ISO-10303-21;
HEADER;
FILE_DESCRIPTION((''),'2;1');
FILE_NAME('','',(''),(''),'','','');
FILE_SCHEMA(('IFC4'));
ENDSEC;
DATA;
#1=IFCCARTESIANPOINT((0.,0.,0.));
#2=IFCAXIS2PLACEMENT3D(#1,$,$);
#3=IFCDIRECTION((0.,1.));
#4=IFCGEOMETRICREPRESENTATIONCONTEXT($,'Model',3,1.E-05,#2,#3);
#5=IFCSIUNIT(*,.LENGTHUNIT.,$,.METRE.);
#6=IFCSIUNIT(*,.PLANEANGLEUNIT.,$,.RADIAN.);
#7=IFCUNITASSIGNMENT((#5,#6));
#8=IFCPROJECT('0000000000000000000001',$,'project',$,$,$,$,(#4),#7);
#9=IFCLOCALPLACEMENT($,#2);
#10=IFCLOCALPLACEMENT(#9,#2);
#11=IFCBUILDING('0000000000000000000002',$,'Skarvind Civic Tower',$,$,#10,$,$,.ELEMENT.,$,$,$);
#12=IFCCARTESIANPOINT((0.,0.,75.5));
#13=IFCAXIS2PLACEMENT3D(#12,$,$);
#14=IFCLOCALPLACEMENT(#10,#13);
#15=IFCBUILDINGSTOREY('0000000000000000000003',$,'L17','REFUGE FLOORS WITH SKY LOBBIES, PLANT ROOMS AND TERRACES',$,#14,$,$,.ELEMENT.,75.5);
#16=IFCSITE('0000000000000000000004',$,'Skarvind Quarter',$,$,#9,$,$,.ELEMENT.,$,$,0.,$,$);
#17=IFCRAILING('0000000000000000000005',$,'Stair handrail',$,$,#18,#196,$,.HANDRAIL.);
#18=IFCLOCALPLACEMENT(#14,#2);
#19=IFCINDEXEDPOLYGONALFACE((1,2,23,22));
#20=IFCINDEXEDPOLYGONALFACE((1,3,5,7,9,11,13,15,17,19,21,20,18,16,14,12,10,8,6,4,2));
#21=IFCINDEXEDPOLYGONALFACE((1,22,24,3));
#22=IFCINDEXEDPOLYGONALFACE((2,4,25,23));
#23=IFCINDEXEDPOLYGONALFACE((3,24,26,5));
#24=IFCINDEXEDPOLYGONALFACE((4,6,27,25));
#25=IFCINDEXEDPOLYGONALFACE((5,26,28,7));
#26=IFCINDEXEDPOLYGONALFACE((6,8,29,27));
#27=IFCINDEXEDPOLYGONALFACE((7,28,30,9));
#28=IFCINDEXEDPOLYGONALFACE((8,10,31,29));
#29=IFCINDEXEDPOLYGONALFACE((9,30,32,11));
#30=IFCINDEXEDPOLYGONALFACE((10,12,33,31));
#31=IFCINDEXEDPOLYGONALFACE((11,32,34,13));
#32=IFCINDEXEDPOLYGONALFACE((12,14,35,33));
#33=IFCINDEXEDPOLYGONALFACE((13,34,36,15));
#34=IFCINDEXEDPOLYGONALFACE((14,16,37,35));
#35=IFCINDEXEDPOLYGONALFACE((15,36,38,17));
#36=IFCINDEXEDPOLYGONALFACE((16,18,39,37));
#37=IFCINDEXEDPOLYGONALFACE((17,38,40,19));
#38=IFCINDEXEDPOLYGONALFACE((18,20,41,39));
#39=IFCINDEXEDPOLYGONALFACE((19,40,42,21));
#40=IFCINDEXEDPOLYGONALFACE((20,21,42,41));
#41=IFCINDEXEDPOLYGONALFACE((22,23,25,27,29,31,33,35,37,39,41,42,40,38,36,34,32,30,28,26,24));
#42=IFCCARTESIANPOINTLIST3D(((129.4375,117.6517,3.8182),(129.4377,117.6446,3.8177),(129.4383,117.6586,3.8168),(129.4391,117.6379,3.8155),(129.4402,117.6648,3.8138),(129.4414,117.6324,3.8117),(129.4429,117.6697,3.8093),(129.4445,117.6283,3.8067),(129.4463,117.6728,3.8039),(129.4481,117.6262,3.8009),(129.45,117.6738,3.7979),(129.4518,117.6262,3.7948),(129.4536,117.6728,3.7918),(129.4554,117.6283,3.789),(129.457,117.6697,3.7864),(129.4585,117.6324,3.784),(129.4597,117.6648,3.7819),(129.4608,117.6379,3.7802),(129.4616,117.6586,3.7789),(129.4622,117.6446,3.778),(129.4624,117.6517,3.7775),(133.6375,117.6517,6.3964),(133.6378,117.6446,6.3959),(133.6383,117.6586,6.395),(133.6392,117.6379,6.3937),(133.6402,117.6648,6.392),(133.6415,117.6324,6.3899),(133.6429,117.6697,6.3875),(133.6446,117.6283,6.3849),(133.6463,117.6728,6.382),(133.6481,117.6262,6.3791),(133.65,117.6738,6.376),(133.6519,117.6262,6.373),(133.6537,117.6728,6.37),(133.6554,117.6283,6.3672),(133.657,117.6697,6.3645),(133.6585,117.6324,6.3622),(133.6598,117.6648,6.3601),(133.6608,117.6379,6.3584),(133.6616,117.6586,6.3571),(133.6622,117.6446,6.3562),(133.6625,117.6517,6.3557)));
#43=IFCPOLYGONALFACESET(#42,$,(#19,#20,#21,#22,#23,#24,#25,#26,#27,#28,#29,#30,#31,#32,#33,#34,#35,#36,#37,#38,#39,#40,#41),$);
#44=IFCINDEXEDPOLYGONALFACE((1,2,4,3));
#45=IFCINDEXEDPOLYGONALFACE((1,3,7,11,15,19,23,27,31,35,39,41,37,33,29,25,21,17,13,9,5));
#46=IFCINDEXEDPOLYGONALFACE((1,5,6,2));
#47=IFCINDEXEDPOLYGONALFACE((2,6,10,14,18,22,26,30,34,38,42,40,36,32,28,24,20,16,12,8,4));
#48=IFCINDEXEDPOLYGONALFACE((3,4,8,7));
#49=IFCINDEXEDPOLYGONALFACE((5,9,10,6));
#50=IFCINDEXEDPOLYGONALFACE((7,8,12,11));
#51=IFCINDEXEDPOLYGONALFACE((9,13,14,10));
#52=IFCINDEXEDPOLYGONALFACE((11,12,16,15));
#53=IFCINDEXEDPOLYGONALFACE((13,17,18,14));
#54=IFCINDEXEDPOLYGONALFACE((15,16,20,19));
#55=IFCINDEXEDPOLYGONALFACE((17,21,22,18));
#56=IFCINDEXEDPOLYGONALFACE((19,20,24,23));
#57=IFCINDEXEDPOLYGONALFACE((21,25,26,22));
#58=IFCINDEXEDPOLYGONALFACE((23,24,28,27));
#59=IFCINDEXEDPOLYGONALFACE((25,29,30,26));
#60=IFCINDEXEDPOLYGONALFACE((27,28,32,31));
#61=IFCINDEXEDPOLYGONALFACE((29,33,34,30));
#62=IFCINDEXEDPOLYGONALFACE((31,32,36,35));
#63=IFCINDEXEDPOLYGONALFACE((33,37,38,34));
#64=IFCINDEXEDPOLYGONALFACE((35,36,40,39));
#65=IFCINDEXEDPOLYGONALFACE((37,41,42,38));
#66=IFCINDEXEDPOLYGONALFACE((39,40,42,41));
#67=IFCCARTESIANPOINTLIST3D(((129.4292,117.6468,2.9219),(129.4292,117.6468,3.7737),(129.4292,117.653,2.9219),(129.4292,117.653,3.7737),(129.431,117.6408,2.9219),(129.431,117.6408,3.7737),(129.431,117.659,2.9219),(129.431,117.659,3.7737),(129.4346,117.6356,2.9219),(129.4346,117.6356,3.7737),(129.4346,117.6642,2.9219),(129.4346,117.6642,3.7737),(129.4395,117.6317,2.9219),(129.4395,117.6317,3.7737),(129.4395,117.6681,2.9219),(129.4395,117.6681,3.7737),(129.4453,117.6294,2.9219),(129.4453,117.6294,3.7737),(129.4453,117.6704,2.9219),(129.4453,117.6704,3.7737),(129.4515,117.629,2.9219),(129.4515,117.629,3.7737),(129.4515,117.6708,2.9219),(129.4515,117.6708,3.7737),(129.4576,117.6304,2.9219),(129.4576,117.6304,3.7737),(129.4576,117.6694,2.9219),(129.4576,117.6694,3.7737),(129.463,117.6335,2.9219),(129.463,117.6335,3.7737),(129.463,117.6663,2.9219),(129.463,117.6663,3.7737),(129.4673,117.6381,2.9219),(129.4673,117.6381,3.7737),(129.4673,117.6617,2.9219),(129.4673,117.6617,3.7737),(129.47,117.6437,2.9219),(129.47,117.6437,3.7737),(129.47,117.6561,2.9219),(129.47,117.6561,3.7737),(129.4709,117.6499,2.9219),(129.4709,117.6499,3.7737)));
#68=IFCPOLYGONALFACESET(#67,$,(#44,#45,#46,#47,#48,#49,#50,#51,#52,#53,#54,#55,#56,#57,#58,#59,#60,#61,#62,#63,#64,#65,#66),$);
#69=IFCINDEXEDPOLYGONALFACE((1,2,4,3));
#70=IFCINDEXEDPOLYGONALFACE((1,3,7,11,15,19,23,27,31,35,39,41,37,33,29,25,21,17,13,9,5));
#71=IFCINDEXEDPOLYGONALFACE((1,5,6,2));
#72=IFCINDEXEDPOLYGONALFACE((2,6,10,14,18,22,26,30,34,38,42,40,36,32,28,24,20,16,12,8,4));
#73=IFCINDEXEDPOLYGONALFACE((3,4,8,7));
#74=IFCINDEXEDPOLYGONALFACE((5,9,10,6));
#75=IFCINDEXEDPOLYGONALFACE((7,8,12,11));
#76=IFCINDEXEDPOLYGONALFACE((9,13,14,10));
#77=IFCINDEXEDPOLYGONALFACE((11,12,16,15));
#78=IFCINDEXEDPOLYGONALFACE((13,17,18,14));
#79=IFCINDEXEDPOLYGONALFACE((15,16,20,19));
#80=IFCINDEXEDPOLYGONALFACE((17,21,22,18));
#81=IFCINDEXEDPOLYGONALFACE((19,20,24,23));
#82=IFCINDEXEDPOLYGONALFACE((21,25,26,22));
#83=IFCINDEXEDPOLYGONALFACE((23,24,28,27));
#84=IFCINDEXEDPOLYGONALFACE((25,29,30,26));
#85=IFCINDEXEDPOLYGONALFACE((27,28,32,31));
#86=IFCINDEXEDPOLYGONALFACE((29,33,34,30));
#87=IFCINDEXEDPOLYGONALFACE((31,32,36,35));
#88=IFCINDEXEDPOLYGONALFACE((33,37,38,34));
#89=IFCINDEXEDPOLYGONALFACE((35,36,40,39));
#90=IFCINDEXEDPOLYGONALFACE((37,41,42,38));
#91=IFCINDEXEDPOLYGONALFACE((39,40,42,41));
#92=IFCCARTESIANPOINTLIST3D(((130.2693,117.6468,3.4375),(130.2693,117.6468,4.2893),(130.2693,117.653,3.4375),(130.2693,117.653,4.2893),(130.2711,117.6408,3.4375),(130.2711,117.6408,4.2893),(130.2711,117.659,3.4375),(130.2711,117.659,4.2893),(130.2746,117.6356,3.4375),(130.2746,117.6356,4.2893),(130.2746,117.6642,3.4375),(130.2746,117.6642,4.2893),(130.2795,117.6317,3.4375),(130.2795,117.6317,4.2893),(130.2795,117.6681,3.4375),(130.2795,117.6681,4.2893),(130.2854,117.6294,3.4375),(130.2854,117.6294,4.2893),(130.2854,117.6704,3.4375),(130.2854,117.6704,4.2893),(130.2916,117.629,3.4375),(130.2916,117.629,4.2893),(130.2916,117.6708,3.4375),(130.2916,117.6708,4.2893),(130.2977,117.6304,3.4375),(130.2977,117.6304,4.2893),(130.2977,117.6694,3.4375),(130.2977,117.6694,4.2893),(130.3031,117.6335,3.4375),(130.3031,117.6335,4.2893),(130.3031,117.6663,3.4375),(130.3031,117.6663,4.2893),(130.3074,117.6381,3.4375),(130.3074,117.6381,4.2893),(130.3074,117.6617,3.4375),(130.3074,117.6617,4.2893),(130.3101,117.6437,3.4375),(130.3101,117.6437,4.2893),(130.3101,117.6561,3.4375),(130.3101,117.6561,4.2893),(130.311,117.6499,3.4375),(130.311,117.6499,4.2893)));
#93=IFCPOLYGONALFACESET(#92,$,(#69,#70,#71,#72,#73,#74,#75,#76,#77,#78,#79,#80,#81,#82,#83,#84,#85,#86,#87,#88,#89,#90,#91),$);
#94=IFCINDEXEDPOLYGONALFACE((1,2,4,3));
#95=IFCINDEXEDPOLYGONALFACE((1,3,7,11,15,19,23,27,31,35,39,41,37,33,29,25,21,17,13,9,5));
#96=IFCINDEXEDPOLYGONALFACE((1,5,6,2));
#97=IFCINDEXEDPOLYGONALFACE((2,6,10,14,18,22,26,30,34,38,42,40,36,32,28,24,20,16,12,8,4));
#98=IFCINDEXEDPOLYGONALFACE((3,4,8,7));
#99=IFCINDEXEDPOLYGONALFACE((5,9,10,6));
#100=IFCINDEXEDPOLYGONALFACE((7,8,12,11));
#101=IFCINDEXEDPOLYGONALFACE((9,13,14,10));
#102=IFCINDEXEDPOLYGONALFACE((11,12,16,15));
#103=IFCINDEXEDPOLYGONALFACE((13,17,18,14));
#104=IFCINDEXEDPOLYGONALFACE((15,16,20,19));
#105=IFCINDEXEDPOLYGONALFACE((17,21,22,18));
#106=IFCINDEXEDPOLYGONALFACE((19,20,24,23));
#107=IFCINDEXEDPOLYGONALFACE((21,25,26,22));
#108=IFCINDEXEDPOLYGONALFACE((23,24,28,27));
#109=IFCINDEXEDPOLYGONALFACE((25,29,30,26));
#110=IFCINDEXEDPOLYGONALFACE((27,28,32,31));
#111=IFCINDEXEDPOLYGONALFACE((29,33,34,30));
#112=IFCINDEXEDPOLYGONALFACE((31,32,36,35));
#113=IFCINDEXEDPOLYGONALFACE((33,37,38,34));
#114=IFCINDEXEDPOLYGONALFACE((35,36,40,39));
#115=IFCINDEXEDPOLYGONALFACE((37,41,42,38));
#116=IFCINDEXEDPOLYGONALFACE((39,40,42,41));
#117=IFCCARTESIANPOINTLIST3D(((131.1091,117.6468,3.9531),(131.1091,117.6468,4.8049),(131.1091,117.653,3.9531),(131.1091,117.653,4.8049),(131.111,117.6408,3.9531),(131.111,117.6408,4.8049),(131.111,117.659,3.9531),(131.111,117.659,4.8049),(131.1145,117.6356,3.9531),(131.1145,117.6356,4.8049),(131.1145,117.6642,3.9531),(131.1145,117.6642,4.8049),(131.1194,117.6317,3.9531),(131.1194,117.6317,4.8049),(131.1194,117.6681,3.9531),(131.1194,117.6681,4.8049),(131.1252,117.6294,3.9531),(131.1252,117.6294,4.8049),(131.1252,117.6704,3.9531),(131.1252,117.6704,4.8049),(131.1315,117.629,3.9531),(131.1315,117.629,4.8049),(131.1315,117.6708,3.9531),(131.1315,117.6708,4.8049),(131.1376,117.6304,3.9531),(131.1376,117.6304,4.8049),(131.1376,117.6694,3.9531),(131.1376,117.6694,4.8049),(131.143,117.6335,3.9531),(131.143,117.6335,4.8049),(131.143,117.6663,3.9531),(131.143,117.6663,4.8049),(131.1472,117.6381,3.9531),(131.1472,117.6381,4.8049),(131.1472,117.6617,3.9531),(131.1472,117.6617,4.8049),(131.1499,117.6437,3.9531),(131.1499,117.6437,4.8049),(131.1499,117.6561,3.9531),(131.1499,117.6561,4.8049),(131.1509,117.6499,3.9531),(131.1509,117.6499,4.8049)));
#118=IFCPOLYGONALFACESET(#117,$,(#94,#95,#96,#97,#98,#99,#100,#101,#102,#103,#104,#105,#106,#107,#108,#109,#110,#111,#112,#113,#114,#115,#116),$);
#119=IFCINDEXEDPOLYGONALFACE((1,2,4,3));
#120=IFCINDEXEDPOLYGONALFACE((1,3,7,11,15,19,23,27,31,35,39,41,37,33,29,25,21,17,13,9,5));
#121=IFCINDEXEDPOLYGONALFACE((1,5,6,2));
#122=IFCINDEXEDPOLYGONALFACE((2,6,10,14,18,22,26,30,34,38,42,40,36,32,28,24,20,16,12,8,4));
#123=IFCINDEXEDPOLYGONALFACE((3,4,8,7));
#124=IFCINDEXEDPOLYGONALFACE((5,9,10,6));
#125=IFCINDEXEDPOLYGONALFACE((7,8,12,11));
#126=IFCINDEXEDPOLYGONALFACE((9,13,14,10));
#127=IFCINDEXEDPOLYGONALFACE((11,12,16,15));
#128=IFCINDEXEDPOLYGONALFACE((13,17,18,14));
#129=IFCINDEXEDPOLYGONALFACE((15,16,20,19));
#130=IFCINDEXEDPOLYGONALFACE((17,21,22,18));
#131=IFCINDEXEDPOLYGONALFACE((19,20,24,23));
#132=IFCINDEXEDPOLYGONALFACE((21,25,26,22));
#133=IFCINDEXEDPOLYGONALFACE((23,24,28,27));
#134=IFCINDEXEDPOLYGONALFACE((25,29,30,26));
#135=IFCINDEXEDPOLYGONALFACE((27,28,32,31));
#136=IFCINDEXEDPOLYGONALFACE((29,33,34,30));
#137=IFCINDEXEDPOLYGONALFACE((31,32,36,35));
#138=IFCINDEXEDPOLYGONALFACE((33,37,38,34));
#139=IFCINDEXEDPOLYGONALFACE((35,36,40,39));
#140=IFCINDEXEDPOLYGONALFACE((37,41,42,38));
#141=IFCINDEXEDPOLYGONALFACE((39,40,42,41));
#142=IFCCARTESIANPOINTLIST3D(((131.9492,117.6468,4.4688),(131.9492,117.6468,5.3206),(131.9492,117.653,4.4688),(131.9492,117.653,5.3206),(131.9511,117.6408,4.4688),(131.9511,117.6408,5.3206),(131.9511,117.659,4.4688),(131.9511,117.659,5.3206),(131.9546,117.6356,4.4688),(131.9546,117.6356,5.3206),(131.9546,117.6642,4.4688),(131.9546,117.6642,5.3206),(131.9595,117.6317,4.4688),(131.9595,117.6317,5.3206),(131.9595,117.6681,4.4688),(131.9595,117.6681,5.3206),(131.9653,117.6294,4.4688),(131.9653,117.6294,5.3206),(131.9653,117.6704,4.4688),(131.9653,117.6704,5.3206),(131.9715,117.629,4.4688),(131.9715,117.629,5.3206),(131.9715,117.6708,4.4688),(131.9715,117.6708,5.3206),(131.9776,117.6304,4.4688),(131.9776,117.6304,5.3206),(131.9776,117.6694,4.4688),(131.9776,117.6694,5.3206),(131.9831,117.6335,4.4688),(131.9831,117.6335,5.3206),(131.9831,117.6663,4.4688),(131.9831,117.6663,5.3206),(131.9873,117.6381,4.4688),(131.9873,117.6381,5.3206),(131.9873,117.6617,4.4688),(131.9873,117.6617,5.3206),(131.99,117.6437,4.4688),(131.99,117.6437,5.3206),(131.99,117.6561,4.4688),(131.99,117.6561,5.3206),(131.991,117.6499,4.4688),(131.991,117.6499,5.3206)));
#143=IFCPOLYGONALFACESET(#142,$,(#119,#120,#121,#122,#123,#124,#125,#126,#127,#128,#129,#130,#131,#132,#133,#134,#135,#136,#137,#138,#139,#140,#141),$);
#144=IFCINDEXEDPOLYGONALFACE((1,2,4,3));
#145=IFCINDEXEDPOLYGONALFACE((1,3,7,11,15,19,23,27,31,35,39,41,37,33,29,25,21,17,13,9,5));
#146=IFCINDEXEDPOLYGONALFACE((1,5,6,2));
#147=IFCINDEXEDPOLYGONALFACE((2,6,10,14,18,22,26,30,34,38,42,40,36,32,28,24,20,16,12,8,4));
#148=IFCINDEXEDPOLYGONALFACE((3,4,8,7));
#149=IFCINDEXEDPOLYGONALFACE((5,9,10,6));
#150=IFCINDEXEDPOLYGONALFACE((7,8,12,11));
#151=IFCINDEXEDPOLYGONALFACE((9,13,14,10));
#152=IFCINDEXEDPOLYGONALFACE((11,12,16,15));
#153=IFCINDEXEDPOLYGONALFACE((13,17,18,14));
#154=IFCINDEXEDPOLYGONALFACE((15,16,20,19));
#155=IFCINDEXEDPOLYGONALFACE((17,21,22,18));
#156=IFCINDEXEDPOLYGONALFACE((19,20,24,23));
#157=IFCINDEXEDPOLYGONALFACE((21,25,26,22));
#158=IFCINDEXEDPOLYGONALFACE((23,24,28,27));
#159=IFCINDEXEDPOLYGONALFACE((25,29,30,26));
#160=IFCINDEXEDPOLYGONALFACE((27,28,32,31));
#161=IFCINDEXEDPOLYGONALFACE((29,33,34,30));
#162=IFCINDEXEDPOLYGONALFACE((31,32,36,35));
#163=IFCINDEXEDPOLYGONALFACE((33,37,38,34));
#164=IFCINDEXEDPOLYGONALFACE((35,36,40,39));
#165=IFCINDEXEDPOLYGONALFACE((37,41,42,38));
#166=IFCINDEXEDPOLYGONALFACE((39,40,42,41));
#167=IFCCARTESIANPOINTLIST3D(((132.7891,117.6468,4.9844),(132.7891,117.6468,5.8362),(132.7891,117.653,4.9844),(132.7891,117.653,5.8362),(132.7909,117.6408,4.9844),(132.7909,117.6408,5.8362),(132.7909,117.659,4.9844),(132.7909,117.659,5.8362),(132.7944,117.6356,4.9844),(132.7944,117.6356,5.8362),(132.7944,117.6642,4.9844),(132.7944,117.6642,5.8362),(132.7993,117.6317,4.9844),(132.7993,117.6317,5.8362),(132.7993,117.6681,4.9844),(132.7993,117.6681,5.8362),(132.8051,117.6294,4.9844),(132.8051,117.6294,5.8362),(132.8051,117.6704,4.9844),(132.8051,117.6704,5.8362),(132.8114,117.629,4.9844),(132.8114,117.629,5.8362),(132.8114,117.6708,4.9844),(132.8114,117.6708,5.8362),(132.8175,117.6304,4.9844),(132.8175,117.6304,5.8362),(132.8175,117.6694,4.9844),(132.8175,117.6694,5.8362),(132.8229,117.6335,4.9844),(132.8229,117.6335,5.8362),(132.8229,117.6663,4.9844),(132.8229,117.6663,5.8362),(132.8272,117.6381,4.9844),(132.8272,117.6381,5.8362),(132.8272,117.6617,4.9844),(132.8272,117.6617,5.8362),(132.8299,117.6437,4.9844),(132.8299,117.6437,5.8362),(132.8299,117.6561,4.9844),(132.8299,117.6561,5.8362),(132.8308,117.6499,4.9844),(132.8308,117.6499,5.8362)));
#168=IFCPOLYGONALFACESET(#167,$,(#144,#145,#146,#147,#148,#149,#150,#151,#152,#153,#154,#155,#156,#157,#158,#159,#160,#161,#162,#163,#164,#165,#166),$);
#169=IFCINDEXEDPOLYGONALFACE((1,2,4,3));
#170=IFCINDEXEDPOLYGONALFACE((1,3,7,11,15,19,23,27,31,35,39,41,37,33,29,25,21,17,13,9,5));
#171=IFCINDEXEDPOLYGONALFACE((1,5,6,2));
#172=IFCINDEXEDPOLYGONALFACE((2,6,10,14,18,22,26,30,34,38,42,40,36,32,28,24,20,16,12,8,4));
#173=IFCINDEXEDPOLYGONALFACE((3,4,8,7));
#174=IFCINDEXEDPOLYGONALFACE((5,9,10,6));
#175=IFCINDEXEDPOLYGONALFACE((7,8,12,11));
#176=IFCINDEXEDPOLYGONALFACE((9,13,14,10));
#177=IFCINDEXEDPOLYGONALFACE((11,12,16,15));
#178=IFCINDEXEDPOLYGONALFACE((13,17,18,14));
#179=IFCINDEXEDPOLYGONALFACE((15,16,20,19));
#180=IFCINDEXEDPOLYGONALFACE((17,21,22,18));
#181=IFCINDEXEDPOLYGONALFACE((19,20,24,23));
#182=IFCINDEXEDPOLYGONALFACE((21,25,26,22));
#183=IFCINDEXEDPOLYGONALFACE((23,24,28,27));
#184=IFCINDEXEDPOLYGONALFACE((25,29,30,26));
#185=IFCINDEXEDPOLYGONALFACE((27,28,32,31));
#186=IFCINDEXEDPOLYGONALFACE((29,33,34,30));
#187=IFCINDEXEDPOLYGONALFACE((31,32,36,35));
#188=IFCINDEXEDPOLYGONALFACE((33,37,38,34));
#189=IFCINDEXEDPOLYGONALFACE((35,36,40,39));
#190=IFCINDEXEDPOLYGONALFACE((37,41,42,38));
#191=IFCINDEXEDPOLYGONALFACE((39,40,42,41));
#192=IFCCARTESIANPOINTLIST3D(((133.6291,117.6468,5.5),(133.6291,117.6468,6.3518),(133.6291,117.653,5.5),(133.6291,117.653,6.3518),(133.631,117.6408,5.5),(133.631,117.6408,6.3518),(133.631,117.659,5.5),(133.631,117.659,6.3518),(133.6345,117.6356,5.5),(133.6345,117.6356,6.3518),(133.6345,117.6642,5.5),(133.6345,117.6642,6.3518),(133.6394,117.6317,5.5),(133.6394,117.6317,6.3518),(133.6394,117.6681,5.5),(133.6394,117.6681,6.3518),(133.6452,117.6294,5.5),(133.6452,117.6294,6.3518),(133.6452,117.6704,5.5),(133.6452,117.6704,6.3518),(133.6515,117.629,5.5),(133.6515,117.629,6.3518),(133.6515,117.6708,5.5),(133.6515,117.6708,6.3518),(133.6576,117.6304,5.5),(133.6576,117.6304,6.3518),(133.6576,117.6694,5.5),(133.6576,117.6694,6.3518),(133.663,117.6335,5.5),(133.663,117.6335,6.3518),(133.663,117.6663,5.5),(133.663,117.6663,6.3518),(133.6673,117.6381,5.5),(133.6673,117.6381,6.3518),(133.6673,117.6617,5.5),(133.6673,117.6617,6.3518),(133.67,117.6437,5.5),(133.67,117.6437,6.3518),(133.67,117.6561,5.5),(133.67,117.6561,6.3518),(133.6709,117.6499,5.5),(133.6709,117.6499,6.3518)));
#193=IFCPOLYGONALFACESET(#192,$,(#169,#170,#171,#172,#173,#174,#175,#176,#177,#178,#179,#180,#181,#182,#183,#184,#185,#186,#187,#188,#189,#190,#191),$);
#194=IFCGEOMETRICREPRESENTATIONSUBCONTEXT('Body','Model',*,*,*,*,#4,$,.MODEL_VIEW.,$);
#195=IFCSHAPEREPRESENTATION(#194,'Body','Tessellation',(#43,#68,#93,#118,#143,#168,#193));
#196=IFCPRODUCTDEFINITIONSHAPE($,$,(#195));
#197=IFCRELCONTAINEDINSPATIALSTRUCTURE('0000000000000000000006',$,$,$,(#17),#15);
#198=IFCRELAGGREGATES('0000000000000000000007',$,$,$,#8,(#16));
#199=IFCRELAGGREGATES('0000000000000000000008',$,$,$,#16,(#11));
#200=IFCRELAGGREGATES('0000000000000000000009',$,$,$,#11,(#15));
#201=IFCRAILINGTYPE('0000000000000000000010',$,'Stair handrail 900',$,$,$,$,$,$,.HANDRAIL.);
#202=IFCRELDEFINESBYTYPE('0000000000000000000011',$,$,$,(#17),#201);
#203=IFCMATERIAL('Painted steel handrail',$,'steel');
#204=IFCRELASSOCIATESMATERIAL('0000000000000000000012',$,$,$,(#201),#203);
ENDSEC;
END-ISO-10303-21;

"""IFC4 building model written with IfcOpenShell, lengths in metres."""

from ifc_helpers import new_model, si_unit, direction, frame, origin, origin_2d, place, context, subcontext, project, spatial, circle, extrude, material, type_object, element, save


model = new_model("IFC4")

# Units and contexts
model_context = context("Model", 3, precision=1e-05, world=origin(), true_north=direction((0.0, 1.0)))
body_context = subcontext(model_context, "Body", "Model", "MODEL_VIEW")
ifc_project = project(units=[si_unit("LENGTHUNIT", "METRE"), si_unit("PLANEANGLEUNIT", "RADIAN")], contexts=[model_context])

# Site, building, storey
site_placement = place(None, origin())
site = spatial("IfcSite", under=ifc_project, at=site_placement, Name="Skarvind Quarter", CompositionType="ELEMENT", RefElevation=0.0)
building_placement = place(site_placement, origin())
building = spatial("IfcBuilding", under=site, at=building_placement, Name="Skarvind Civic Tower", CompositionType="ELEMENT")
storey_placement = place(building_placement, frame((0.0, 0.0, 75.5)))
storey = spatial("IfcBuildingStorey", under=building, at=storey_placement, Name="L17", Description="REFUGE FLOORS WITH SKY LOBBIES, PLANT ROOMS AND TERRACES", CompositionType="ELEMENT", Elevation=75.5)

# Railing
ifc_material_1 = material(Name="Painted steel handrail", Category="steel")
railing_type = type_object("IfcRailingType", Name="Stair handrail 900", PredefinedType="HANDRAIL", material=ifc_material_1)
railing_1_placement = place(storey_placement, frame((129.45, 117.6499, 2.9219)))
element("IfcRailing", 1, at=railing_1_placement, inside=storey, type_object=railing_type, Name="Stair handrail", PredefinedType="HANDRAIL", context=body_context, shape_type="SweptSolid", body=[
    extrude(circle(Radius=0.0239, at=origin_2d()), frame((0.0, 0.0, 0.876), z_axis=(0.852243, 0.0, 0.523146), x_axis=(0.0, 1.0, 0.0)), (0.0, 0.0, 1.0), 4.9282),
    extrude(circle(Radius=0.021, at=origin_2d()), origin(), (0.0, 0.0, 1.0), 0.8518),
    extrude(circle(Radius=0.021, at=origin_2d()), frame((0.8401, 0.0, 0.5156)), (0.0, 0.0, 1.0), 0.8518),
    extrude(circle(Radius=0.021, at=origin_2d()), frame((1.6799, 0.0, 1.0312)), (0.0, 0.0, 1.0), 0.8518),
    extrude(circle(Radius=0.021, at=origin_2d()), frame((2.52, 0.0, 1.5469)), (0.0, 0.0, 1.0), 0.8518),
    extrude(circle(Radius=0.021, at=origin_2d()), frame((3.3599, 0.0, 2.0625)), (0.0, 0.0, 1.0), 0.8518),
    extrude(circle(Radius=0.021, at=origin_2d()), frame((4.2, 0.0, 2.5781)), (0.0, 0.0, 1.0), 0.8518),
])

save(model, "model.ifc")
